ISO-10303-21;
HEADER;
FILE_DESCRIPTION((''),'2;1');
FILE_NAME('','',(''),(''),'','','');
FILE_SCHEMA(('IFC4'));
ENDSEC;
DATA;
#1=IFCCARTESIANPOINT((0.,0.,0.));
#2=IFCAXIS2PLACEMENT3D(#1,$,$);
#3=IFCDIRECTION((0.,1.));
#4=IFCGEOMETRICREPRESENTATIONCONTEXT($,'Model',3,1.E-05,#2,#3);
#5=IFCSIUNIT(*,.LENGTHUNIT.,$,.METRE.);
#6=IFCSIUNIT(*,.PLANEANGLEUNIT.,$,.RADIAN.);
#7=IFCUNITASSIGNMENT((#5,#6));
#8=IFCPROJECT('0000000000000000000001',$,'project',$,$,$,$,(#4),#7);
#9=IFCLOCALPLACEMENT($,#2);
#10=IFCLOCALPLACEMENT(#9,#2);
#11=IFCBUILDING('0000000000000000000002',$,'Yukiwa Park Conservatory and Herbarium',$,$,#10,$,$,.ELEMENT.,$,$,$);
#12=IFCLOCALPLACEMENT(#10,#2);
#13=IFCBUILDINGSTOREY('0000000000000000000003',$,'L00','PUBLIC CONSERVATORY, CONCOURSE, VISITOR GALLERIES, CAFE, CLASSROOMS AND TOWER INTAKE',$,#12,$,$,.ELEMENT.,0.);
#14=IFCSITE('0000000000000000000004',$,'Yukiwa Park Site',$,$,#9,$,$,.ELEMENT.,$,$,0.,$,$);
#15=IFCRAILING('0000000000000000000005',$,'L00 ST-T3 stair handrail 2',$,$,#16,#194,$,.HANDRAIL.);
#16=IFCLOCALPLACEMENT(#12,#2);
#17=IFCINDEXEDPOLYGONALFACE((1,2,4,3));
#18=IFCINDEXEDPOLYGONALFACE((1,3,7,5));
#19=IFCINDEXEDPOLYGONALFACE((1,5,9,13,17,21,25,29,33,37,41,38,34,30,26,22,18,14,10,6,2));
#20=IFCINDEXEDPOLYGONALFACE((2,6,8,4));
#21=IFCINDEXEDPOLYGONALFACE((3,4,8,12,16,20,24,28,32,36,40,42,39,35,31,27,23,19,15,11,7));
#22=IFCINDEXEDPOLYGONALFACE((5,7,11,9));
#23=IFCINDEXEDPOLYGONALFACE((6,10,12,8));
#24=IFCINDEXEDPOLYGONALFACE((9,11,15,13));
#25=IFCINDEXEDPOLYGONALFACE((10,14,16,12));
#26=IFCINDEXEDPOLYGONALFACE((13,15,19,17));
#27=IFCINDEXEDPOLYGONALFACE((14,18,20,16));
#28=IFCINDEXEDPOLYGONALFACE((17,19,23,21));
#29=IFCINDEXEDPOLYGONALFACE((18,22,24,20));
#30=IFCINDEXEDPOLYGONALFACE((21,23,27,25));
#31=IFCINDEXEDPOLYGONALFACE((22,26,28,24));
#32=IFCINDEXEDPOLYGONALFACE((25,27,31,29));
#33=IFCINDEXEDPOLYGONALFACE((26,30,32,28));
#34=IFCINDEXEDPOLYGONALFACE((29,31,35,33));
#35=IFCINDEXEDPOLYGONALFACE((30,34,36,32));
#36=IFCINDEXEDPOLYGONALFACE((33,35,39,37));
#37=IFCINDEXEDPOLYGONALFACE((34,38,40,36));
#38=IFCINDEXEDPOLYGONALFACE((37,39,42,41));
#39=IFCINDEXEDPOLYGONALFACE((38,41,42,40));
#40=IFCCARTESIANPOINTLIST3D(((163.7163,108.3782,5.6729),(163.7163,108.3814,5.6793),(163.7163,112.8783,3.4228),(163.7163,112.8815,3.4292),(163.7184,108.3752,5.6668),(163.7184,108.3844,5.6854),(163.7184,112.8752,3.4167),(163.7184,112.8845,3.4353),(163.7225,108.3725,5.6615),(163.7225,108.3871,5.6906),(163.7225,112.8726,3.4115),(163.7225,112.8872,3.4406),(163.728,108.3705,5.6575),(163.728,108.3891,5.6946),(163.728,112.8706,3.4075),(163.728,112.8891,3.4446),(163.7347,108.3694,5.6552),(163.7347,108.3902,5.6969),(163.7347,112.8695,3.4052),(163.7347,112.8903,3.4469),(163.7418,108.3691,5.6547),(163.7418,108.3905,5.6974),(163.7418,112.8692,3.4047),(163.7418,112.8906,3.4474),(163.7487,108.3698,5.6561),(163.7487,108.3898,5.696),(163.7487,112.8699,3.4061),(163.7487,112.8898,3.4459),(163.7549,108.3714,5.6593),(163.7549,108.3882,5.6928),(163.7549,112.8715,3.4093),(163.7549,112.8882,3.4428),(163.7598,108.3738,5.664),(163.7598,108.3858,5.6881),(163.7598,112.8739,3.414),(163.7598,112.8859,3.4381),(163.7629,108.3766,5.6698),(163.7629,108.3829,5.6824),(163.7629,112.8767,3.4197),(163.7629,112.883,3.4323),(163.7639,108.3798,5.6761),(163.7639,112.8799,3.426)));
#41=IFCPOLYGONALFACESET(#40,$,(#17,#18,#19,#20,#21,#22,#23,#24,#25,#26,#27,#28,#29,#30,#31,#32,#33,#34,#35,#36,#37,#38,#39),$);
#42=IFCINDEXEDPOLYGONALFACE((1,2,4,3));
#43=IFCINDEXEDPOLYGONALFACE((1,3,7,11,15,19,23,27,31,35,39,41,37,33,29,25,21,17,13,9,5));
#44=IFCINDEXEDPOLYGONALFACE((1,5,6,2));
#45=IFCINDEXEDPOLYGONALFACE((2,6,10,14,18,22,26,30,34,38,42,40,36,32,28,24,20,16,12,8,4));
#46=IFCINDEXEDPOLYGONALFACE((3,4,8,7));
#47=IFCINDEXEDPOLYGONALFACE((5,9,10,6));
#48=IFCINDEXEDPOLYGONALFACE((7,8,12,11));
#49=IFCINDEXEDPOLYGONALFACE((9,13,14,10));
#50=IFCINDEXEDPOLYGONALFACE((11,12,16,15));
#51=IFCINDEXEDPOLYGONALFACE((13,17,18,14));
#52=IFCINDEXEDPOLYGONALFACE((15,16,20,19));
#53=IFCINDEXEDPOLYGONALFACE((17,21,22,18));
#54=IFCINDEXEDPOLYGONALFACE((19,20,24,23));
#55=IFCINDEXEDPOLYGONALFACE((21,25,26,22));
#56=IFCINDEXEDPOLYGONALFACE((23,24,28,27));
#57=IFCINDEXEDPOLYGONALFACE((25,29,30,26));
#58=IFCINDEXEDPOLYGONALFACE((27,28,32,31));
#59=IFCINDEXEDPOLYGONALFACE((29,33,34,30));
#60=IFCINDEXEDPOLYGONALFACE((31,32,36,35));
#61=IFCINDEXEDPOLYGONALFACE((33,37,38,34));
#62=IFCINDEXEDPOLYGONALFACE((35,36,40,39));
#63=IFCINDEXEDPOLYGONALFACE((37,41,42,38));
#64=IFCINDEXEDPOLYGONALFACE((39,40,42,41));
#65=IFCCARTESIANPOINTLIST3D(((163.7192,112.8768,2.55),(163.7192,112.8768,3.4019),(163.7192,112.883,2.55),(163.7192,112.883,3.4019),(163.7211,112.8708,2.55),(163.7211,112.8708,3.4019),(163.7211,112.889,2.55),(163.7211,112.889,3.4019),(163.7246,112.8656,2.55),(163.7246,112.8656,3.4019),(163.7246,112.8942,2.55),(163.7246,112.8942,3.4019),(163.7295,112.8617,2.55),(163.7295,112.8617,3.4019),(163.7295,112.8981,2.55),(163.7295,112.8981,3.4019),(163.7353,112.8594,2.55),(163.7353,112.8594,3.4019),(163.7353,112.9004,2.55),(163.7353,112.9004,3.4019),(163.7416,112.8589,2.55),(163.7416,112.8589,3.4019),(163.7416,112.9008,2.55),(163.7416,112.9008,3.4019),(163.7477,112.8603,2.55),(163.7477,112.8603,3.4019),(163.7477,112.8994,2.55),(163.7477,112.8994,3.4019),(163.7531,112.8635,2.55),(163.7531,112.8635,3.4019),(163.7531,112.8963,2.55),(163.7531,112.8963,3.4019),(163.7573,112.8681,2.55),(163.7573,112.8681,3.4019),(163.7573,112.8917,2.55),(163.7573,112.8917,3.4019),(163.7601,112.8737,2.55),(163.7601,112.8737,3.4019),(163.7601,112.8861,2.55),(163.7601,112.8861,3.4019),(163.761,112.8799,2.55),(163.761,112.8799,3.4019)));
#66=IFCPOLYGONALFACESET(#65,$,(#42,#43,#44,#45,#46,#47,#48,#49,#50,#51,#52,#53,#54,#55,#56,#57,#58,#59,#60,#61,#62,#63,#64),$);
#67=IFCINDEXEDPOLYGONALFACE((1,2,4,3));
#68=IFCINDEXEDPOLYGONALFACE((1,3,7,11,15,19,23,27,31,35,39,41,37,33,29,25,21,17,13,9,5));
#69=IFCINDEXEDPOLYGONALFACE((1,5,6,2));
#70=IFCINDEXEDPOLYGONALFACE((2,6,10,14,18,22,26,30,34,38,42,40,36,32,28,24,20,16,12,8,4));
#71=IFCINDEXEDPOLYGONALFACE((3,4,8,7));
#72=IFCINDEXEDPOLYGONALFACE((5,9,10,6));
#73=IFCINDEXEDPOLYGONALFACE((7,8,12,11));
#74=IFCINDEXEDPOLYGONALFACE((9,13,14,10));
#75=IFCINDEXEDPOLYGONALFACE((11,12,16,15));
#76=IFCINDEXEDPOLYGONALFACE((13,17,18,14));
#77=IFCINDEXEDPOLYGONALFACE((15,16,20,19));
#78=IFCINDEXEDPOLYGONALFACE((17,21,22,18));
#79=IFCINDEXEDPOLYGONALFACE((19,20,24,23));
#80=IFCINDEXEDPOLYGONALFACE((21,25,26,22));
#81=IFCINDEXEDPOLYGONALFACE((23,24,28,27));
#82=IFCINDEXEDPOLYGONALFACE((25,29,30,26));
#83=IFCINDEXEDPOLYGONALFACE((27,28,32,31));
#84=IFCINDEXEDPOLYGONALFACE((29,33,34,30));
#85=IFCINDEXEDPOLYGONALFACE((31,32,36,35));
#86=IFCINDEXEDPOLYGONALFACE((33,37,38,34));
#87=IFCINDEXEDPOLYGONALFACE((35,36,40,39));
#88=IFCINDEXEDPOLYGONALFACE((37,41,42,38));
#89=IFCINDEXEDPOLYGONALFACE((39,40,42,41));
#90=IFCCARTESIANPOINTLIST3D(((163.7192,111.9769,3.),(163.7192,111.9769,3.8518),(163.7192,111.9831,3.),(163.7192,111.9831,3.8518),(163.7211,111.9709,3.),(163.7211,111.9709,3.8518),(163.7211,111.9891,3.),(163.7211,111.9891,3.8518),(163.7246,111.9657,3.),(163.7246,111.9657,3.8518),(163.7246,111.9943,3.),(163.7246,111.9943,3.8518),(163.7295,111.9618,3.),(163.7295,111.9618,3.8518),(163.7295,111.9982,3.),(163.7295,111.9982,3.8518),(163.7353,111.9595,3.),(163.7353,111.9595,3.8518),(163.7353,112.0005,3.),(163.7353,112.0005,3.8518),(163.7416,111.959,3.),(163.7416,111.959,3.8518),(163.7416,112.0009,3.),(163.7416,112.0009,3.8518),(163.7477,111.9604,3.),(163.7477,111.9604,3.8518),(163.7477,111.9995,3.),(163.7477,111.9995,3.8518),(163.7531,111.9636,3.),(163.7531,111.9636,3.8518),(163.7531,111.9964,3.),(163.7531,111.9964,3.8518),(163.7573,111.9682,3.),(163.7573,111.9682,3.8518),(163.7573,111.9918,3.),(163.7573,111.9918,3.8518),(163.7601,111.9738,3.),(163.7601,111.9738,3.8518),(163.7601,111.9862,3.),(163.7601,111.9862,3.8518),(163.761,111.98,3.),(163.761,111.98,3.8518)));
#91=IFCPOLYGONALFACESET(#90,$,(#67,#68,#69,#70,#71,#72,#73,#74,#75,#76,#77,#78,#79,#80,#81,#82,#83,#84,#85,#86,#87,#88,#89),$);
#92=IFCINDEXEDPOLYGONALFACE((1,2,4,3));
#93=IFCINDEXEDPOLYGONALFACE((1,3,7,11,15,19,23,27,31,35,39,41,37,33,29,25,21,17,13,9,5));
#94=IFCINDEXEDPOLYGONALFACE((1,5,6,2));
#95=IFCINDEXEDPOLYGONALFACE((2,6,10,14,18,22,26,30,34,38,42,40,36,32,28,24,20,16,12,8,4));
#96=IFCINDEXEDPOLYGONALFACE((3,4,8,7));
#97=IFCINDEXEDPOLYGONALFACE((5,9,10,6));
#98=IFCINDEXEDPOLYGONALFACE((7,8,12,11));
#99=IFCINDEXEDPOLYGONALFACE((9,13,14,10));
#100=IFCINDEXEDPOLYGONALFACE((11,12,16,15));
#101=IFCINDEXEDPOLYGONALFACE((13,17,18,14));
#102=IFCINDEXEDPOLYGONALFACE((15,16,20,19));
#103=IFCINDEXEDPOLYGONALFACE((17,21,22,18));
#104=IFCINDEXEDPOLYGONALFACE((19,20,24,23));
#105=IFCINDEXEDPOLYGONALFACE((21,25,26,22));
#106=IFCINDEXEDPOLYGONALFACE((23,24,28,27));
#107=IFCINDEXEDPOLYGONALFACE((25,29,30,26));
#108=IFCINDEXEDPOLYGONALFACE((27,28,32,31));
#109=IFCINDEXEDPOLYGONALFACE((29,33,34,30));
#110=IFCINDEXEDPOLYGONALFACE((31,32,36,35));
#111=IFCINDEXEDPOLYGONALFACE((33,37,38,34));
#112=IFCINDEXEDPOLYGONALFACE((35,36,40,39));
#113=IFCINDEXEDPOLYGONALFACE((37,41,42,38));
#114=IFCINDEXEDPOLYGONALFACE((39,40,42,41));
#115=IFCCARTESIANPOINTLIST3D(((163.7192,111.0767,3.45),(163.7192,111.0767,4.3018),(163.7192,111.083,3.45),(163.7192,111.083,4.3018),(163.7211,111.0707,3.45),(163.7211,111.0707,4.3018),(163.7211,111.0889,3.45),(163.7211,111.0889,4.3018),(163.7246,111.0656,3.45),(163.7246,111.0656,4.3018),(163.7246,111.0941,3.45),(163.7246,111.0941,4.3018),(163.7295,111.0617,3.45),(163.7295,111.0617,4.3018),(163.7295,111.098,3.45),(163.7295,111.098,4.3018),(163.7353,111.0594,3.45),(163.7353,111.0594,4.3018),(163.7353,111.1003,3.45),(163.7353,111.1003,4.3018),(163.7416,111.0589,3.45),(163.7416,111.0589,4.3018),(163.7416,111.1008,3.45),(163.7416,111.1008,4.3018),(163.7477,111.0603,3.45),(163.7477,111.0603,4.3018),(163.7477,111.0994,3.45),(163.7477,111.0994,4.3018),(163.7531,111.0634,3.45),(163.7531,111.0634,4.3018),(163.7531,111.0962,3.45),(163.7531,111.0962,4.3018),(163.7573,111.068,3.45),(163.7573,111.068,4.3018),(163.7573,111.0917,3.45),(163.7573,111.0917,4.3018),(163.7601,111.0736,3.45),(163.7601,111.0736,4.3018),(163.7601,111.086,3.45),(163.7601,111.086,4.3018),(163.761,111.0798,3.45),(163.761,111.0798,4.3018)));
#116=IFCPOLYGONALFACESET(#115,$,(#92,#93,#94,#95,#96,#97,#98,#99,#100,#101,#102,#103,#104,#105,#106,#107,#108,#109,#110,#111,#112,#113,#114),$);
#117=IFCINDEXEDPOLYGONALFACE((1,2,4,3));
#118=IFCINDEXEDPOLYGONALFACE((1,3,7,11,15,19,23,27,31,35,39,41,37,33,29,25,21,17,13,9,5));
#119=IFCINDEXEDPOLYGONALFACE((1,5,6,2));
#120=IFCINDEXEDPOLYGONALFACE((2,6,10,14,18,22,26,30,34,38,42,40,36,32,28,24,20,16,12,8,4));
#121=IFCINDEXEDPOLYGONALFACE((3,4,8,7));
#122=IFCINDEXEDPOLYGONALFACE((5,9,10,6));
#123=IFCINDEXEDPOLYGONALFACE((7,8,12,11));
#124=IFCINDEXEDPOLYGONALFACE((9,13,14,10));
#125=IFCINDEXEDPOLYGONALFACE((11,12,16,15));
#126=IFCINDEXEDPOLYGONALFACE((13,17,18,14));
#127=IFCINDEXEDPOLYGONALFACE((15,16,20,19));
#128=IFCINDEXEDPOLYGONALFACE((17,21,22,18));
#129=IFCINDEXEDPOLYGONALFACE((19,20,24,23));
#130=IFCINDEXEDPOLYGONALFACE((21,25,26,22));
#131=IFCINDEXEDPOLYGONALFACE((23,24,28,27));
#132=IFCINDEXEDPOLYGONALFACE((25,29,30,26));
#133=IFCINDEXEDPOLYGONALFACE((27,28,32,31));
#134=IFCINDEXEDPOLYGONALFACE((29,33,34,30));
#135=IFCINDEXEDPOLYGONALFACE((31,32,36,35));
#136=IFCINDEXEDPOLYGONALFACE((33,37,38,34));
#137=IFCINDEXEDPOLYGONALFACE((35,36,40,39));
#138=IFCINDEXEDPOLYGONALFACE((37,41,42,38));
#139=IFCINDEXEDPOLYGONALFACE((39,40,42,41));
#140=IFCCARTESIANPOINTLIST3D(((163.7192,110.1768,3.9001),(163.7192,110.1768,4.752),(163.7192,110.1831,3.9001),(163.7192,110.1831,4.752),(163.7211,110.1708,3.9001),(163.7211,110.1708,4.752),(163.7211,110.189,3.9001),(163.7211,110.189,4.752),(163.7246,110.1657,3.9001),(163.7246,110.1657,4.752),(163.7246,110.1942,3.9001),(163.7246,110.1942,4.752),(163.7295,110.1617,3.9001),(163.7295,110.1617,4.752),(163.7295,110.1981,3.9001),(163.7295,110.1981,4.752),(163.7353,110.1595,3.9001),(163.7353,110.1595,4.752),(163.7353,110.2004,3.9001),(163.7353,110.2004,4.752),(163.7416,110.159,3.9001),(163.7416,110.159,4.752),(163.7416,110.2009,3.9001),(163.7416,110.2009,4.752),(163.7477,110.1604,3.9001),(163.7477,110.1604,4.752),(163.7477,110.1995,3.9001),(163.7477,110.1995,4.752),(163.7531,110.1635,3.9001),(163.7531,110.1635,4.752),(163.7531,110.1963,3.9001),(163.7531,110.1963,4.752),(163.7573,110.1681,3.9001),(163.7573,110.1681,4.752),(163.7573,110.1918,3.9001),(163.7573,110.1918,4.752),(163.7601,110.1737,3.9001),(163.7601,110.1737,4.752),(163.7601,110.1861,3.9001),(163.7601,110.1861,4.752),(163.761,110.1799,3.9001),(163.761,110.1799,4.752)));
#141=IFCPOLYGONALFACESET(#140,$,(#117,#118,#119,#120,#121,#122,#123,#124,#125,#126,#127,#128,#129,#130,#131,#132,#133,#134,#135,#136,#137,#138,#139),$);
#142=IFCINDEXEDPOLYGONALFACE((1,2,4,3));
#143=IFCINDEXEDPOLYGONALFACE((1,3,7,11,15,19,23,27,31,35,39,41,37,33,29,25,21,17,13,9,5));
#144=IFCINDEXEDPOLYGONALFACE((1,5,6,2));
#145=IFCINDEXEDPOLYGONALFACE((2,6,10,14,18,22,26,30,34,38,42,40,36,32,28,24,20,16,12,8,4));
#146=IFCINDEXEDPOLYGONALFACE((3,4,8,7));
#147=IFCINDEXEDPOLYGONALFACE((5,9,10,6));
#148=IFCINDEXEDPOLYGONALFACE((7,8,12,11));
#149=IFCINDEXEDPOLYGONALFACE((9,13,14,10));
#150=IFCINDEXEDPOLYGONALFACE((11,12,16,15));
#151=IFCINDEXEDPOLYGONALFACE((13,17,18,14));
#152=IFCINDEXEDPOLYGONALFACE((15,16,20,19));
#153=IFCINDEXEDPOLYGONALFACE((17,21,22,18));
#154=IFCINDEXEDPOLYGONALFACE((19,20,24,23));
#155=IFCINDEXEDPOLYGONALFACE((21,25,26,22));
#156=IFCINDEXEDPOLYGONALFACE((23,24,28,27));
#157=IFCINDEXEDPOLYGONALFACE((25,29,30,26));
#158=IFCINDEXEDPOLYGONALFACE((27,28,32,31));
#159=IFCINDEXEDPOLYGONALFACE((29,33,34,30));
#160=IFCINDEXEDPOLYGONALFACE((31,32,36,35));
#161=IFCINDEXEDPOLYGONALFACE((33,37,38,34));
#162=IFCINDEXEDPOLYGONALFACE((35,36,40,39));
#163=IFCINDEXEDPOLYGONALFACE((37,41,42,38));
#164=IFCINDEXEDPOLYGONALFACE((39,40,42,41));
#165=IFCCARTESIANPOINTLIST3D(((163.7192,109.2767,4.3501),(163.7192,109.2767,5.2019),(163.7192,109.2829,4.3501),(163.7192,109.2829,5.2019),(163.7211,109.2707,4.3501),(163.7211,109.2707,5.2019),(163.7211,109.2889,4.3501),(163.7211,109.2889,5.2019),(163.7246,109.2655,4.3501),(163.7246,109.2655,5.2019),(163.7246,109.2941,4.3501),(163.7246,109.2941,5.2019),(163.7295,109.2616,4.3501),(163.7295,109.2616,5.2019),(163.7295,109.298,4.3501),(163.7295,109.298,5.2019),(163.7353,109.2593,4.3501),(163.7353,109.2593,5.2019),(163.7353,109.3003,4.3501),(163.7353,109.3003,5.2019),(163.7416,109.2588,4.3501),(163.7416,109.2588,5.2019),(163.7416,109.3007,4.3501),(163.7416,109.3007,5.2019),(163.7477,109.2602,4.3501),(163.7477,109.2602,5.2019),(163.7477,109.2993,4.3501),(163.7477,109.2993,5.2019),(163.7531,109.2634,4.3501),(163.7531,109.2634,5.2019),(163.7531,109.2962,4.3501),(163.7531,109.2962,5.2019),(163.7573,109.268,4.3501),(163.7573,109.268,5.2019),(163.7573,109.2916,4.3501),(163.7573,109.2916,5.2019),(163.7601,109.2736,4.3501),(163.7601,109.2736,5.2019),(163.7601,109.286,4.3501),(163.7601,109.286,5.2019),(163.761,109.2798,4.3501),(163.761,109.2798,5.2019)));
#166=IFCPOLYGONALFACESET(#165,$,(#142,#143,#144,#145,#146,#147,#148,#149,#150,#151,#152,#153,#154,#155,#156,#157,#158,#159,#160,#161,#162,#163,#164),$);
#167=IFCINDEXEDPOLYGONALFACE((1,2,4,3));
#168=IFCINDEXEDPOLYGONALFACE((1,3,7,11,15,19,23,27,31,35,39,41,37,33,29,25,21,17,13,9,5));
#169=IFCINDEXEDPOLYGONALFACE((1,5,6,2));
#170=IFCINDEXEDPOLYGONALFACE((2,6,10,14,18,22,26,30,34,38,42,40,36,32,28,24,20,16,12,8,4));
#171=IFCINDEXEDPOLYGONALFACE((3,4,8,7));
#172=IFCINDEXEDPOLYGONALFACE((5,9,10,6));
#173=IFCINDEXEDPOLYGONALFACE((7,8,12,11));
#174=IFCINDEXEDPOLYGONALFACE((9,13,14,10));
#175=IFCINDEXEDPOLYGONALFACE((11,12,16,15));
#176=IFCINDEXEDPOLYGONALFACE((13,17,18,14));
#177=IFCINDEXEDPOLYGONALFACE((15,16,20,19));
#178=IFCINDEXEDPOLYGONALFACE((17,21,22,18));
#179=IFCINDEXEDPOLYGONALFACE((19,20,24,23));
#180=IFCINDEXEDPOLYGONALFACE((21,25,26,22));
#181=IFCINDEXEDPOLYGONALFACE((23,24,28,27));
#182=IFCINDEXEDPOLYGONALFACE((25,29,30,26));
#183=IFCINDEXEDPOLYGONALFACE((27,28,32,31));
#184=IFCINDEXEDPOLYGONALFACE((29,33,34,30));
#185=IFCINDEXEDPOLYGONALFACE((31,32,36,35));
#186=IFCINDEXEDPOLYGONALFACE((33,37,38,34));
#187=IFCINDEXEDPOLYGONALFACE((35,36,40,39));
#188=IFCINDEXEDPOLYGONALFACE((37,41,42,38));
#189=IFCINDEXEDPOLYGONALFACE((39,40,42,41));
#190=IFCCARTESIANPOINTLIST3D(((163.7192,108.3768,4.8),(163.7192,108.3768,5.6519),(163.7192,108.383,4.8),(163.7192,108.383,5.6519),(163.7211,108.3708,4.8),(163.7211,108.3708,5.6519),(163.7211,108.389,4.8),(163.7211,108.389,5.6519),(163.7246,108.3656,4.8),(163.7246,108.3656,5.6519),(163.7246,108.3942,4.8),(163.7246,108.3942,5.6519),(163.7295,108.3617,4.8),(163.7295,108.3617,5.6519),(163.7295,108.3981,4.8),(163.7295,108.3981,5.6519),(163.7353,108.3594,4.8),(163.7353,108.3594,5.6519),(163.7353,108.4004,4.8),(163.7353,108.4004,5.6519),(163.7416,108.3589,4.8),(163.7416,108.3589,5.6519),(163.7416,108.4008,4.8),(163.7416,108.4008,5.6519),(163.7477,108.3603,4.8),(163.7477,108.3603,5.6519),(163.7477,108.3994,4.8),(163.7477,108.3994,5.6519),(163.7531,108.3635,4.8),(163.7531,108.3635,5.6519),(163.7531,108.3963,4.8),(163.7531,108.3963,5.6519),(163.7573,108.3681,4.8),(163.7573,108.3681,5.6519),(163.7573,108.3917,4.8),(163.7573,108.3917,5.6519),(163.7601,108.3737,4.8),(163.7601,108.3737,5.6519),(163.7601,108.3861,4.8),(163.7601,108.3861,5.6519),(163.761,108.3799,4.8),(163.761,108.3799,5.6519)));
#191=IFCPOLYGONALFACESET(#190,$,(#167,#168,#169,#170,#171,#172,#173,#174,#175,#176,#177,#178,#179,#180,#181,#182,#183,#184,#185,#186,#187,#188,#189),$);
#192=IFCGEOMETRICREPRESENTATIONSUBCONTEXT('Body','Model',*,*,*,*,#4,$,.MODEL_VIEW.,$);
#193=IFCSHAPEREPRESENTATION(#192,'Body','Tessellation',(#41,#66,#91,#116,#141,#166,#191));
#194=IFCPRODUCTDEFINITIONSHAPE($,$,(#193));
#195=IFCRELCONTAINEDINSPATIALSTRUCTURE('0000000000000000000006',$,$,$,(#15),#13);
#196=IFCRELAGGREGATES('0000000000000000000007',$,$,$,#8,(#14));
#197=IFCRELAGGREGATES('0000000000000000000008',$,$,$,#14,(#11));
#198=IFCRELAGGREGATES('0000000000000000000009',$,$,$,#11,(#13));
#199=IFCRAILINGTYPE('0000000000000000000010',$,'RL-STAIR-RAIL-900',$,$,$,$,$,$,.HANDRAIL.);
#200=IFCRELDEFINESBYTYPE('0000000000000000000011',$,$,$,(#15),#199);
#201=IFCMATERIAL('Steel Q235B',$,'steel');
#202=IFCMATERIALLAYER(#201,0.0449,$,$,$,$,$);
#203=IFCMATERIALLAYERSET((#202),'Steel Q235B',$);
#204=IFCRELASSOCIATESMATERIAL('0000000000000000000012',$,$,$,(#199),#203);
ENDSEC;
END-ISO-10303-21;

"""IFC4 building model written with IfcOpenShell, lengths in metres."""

from ifc_helpers import new_model, si_unit, direction, frame, origin, origin_2d, place, context, subcontext, project, spatial, circle, extrude, material, layer, layer_set, type_object, element, save


model = new_model("IFC4")

# Units and contexts
model_context = context("Model", 3, precision=1e-05, world=origin(), true_north=direction((0.0, 1.0)))
body_context = subcontext(model_context, "Body", "Model", "MODEL_VIEW")
ifc_project = project(units=[si_unit("LENGTHUNIT", "METRE"), si_unit("PLANEANGLEUNIT", "RADIAN")], contexts=[model_context])

# Site, building, storey
site_placement = place(None, origin())
site = spatial("IfcSite", under=ifc_project, at=site_placement, Name="Yukiwa Park Site", CompositionType="ELEMENT", RefElevation=0.0)
building_placement = place(site_placement, origin())
building = spatial("IfcBuilding", under=site, at=building_placement, Name="Yukiwa Park Conservatory and Herbarium", CompositionType="ELEMENT")
storey_placement = place(building_placement, origin())
storey = spatial("IfcBuildingStorey", under=building, at=storey_placement, Name="L00", Description="PUBLIC CONSERVATORY, CONCOURSE, VISITOR GALLERIES, CAFE, CLASSROOMS AND TOWER INTAKE", CompositionType="ELEMENT", Elevation=0.0)

# Railing
ifc_material_1 = material(Name="Steel Q235B", Category="steel")
ifc_layer_1 = layer(ifc_material_1, 0.0449)
ifc_layer_set_1 = layer_set([ifc_layer_1], Name="Steel Q235B")
railing_type_1 = type_object("IfcRailingType", Name="RL-STAIR-RAIL-900", PredefinedType="HANDRAIL", material=ifc_layer_set_1)
railing_1_placement = place(storey_placement, frame((163.74, 112.8799, 2.55)))
element("IfcRailing", 1, at=railing_1_placement, inside=storey, type_object=railing_type_1, Name="L00 ST-T3 stair handrail 2", PredefinedType="HANDRAIL", context=body_context, shape_type="SweptSolid", body=[
    extrude(circle(Radius=0.0239, at=origin_2d()), frame((0.0, 0.0, 0.876), z_axis=(0.0, -0.894427, 0.447214), x_axis=(1.0, 0.0, 0.0)), (0.0, 0.0, 1.0), 5.0312),
    extrude(circle(Radius=0.021, at=origin_2d()), origin(), (0.0, 0.0, 1.0), 0.8518),
    extrude(circle(Radius=0.021, at=origin_2d()), frame((0.0, -0.8999, 0.45)), (0.0, 0.0, 1.0), 0.8518),
    extrude(circle(Radius=0.021, at=origin_2d()), frame((0.0, -1.8, 0.8999)), (0.0, 0.0, 1.0), 0.8518),
    extrude(circle(Radius=0.021, at=origin_2d()), frame((0.0, -2.7, 1.3501)), (0.0, 0.0, 1.0), 0.8518),
    extrude(circle(Radius=0.021, at=origin_2d()), frame((0.0, -3.6001, 1.8)), (0.0, 0.0, 1.0), 0.8518),
    extrude(circle(Radius=0.021, at=origin_2d()), frame((0.0, -4.5, 2.25)), (0.0, 0.0, 1.0), 0.8518),
])

save(model, "model.ifc")
